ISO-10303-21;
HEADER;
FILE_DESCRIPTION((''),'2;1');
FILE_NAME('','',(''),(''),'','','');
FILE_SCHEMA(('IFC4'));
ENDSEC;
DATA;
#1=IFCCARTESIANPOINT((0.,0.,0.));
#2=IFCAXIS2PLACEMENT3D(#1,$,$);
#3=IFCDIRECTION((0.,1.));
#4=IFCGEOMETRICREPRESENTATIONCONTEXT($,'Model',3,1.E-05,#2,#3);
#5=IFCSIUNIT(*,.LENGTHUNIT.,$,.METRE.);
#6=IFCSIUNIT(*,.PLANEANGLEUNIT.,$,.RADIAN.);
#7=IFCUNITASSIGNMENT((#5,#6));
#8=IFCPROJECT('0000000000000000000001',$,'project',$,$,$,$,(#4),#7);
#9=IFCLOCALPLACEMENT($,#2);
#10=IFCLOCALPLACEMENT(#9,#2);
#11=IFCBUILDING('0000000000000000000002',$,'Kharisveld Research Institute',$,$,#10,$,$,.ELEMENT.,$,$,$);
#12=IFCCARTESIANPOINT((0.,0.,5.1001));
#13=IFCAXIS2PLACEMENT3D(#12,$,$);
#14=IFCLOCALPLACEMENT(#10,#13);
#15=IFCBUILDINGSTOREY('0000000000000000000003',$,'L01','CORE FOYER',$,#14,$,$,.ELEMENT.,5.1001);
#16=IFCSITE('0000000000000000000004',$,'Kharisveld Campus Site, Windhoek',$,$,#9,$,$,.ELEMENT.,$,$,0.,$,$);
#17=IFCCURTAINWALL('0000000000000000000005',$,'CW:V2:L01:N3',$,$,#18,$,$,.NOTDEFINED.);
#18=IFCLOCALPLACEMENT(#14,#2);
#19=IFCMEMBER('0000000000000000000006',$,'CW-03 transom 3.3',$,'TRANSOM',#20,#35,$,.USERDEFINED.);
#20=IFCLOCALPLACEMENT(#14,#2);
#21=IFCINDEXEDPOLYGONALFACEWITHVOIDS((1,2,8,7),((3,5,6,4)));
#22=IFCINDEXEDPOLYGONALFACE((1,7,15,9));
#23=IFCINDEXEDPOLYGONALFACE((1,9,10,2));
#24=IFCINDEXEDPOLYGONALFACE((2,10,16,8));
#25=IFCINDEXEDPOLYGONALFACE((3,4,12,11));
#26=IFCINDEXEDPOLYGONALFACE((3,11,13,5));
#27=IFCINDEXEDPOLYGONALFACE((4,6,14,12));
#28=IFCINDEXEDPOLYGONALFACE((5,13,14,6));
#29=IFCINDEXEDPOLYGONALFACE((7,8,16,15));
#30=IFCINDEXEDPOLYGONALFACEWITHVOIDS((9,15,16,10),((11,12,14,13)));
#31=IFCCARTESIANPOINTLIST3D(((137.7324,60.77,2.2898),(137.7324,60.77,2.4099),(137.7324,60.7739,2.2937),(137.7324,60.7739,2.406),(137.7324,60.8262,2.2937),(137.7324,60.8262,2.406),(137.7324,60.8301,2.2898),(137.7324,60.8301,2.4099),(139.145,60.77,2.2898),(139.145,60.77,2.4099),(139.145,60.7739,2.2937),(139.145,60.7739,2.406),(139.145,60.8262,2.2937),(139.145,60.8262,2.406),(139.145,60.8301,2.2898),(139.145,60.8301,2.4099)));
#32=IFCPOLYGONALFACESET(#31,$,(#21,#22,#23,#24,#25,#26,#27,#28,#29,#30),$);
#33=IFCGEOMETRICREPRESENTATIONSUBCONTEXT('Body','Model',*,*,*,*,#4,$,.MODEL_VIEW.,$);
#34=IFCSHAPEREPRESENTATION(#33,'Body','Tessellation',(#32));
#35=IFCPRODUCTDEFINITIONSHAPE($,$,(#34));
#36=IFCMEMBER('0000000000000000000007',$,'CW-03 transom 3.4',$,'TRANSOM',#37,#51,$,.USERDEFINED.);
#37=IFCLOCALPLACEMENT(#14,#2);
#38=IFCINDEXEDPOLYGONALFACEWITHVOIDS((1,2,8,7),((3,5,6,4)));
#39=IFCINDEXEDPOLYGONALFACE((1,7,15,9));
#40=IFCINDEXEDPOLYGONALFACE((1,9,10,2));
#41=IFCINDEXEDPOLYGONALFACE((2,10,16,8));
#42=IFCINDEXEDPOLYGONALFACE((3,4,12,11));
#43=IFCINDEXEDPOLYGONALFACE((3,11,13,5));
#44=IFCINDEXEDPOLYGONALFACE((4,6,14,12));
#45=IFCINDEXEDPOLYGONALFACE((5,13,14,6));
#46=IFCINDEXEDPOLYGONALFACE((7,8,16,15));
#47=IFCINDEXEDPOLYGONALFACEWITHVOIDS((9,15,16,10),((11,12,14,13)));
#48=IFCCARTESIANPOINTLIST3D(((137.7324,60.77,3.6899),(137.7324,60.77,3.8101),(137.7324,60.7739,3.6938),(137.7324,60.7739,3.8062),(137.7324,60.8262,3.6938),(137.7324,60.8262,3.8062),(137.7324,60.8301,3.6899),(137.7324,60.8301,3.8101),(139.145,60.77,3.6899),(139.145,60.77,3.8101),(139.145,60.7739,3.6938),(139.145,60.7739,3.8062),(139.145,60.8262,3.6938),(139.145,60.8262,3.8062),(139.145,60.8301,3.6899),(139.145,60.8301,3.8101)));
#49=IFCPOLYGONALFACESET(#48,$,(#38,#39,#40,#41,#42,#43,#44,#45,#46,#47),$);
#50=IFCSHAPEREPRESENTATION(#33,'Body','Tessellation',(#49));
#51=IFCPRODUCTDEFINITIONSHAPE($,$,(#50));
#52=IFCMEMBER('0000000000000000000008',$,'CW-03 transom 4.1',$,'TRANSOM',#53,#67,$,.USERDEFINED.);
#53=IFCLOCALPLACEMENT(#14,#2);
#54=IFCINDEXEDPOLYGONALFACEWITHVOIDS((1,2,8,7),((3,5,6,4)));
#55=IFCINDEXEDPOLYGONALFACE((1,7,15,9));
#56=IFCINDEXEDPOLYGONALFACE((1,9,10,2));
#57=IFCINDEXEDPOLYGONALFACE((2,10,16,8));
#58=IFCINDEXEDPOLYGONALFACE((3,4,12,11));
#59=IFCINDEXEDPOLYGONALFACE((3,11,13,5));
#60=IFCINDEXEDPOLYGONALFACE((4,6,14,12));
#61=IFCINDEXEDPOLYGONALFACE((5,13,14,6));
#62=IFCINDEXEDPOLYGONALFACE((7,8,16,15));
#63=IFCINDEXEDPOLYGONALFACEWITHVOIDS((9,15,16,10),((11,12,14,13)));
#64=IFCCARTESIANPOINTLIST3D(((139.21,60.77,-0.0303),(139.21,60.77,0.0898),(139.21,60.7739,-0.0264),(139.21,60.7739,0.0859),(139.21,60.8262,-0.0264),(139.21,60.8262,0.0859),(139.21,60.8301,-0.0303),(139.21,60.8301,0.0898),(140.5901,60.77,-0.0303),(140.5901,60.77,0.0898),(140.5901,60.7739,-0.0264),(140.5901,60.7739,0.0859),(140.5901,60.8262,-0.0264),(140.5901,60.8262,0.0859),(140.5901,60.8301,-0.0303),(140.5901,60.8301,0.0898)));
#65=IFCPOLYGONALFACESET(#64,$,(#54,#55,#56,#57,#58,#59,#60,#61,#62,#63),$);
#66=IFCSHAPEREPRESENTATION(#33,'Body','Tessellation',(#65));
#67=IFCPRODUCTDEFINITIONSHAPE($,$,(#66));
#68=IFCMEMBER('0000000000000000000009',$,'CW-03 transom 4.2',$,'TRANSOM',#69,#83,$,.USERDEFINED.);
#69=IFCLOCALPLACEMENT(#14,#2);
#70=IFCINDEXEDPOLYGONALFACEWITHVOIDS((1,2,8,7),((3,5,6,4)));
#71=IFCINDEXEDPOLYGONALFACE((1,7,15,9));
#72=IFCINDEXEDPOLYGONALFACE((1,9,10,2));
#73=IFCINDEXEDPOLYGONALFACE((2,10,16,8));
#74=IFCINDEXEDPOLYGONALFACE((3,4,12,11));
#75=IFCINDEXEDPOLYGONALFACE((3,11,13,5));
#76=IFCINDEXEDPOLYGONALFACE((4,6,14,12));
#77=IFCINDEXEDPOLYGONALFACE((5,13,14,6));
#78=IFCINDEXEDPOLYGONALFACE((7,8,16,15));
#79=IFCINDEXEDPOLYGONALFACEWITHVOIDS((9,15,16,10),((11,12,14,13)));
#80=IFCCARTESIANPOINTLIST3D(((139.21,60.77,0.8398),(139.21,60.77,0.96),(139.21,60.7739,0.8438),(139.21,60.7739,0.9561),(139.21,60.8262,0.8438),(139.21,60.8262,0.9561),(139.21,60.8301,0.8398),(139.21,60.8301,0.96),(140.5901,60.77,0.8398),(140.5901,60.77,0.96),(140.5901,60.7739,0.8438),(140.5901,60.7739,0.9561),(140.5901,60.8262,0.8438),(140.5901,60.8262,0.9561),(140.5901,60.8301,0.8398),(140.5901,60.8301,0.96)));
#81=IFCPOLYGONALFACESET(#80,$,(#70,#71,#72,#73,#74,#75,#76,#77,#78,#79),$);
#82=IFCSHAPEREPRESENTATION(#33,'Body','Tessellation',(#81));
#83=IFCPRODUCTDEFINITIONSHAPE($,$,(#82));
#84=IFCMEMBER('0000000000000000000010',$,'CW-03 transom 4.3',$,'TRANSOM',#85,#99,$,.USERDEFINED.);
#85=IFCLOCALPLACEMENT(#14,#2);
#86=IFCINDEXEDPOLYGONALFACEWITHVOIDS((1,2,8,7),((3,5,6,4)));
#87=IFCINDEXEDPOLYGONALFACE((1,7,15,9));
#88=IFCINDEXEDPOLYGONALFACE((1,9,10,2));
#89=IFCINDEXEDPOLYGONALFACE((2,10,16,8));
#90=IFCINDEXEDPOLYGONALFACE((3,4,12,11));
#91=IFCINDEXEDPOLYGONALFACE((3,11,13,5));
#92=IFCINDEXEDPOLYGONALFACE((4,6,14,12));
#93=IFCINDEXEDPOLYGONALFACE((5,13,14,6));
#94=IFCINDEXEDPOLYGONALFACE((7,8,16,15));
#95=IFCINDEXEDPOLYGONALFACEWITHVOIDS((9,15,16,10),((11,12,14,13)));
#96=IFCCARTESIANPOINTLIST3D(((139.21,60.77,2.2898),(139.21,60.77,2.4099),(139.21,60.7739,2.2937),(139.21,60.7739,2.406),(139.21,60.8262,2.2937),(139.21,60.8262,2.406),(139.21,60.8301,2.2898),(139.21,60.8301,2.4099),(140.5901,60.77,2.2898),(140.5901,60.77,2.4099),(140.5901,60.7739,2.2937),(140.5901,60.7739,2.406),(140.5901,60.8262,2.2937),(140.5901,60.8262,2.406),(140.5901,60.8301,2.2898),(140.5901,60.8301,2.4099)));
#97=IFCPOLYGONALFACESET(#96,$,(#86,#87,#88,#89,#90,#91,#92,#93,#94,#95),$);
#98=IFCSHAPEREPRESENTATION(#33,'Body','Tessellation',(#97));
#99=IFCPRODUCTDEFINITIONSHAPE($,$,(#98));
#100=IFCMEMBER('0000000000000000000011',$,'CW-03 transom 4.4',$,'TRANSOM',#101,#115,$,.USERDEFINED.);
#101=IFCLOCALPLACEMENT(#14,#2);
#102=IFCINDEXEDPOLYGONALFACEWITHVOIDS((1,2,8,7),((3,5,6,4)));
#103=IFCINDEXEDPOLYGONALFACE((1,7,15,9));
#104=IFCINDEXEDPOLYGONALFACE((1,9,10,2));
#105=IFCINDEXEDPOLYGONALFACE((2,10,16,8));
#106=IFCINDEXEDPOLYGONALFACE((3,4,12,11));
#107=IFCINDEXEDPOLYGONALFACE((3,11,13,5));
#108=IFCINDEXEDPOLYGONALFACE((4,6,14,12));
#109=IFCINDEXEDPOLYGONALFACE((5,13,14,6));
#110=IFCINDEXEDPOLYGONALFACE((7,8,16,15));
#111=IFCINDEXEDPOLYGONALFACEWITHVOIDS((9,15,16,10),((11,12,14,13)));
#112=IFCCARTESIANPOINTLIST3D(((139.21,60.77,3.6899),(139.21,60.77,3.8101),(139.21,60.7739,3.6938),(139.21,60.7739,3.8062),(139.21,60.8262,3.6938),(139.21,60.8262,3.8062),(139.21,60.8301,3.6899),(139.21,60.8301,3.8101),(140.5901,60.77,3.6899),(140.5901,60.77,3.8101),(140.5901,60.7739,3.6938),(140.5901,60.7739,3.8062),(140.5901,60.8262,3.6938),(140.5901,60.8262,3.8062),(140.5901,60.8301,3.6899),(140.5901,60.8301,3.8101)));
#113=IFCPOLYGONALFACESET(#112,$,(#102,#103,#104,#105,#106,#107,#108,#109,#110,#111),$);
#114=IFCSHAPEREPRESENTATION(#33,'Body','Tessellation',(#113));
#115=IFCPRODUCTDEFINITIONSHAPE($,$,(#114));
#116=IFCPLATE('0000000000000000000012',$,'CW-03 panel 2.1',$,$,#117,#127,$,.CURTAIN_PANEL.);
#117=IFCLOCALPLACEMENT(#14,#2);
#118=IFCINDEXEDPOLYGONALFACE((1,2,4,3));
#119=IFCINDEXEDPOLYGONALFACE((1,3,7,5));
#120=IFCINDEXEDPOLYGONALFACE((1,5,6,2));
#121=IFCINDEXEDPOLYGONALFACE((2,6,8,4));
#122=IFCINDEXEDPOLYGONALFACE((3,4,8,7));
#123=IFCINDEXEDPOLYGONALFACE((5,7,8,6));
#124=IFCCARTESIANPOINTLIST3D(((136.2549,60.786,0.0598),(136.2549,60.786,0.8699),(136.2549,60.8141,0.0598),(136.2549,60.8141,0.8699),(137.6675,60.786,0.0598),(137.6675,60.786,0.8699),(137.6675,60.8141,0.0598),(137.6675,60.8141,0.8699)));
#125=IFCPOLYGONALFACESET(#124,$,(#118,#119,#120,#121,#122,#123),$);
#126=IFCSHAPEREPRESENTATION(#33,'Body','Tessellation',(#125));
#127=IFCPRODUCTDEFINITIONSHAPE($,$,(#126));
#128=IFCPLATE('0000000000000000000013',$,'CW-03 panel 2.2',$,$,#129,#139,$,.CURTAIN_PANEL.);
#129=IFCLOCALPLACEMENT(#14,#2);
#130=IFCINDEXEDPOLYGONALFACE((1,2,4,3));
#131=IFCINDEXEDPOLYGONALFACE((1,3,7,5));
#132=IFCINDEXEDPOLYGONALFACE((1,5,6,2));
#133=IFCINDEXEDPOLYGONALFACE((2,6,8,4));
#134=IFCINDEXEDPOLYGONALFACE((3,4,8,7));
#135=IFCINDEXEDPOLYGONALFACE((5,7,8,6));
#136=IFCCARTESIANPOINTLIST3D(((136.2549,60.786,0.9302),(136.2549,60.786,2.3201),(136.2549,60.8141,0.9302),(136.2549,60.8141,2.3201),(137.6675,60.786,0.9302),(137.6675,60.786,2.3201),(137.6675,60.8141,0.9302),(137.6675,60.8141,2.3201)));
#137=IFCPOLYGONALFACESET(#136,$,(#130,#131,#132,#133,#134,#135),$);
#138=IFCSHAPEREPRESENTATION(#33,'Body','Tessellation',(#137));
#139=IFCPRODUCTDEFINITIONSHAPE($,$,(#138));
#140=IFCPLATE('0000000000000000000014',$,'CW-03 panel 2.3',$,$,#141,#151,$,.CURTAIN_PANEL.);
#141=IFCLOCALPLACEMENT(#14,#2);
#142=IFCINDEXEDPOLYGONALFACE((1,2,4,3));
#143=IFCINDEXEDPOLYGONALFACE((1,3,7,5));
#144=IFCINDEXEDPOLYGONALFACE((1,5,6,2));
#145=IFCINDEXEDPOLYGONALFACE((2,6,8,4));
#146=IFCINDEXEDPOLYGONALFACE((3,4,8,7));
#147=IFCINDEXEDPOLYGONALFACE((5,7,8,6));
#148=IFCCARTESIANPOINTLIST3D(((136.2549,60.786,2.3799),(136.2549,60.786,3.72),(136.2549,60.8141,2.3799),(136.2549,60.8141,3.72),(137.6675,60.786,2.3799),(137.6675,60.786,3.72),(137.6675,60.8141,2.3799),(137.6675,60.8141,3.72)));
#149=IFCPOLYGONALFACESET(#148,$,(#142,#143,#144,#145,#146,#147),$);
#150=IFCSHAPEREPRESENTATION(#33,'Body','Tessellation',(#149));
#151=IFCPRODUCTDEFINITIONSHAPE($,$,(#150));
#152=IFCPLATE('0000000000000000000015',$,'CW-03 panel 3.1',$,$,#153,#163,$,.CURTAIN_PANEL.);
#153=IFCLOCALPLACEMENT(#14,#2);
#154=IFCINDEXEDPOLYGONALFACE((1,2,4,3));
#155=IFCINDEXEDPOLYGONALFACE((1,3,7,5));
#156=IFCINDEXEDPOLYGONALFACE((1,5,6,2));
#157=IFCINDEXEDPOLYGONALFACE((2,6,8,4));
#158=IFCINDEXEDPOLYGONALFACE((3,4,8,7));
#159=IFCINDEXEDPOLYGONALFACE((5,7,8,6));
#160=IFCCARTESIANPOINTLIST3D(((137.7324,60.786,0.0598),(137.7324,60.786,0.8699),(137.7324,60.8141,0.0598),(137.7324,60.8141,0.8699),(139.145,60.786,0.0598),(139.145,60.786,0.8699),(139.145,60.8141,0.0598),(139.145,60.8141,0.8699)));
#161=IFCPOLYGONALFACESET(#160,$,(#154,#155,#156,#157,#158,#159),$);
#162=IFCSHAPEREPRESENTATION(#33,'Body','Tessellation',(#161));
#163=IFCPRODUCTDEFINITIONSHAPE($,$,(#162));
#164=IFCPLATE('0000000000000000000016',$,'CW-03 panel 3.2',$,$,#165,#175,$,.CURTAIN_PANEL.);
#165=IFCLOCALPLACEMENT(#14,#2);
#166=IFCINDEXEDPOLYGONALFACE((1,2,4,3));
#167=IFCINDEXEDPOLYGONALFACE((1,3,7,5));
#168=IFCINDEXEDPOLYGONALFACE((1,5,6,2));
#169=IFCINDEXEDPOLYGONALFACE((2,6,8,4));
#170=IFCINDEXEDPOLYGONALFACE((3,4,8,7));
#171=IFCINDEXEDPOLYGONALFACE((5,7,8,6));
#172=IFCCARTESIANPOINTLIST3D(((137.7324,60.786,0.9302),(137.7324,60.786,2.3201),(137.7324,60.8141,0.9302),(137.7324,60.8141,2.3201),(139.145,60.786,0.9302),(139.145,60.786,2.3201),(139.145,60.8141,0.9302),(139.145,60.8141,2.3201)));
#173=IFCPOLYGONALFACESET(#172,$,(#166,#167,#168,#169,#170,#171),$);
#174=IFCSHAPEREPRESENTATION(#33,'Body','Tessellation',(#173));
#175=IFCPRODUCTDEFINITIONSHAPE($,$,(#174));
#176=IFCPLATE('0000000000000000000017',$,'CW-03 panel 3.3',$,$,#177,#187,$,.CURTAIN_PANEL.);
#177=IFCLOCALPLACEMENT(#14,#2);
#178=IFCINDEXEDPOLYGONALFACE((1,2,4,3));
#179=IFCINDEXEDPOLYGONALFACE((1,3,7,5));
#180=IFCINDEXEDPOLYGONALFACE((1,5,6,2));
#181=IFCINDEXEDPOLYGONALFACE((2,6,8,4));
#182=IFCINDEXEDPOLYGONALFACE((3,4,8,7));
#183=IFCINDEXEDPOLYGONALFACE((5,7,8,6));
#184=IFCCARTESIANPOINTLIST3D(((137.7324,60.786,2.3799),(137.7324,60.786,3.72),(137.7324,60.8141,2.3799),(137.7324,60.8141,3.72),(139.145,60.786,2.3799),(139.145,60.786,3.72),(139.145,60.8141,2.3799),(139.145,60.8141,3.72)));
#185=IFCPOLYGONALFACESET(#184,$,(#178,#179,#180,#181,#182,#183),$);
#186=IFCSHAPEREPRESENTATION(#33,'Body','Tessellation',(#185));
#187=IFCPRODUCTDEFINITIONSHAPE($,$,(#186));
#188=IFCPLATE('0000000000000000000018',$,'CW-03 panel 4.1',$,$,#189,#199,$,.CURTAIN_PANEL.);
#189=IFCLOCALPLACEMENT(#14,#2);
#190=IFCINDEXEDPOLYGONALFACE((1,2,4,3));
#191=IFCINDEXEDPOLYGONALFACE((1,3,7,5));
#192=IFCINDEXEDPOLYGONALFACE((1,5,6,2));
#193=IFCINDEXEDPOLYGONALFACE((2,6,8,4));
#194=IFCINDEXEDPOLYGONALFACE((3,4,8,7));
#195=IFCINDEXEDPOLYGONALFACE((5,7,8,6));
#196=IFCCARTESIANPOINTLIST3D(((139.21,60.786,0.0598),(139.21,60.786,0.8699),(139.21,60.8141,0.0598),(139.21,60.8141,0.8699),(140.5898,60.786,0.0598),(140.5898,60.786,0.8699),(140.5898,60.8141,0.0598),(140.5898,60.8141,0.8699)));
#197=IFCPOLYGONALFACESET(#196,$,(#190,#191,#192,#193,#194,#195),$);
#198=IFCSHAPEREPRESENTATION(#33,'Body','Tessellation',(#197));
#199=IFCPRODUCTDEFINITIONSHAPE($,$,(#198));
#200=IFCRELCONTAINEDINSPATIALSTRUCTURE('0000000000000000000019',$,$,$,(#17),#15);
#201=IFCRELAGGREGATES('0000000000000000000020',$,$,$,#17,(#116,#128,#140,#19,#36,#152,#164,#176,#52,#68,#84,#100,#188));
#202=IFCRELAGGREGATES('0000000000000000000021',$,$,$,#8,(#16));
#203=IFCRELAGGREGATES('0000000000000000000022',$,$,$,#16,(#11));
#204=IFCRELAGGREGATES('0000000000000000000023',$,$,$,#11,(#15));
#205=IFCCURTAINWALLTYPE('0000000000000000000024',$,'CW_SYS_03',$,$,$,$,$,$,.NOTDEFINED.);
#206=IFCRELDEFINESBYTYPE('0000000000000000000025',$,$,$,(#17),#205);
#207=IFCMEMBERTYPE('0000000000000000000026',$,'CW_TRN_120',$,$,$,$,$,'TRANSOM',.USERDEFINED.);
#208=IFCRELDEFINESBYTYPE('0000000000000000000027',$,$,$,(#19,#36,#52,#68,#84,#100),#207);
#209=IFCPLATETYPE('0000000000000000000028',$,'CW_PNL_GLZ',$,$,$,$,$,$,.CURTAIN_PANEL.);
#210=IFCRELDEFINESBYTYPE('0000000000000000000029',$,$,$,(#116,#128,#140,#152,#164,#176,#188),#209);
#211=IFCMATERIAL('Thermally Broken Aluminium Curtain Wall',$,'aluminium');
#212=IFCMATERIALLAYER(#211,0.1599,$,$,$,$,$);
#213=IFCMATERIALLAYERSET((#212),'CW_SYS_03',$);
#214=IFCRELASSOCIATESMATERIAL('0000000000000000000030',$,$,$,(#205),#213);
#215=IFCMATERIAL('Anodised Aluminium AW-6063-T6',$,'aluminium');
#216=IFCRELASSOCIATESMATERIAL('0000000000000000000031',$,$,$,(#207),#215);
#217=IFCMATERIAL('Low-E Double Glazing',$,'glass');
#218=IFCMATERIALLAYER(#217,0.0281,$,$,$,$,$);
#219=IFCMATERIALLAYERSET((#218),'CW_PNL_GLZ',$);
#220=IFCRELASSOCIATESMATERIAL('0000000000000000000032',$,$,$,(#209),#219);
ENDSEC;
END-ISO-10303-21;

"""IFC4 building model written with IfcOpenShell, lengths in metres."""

from ifc_helpers import new_model, si_unit, direction, frame, origin, origin_2d, place, context, subcontext, project, spatial, rectangle, hollow_rectangle, extrude, material, layer, layer_set, material_profile, profile_set, type_object, element, aggregate, save


model = new_model("IFC4")

# Units and contexts
model_context = context("Model", 3, precision=1e-05, world=origin(), true_north=direction((0.0, 1.0)))
body_context = subcontext(model_context, "Body", "Model", "MODEL_VIEW")
ifc_project = project(units=[si_unit("LENGTHUNIT", "METRE"), si_unit("PLANEANGLEUNIT", "RADIAN")], contexts=[model_context])

# Site, building, storey
site_placement = place(None, origin())
site = spatial("IfcSite", under=ifc_project, at=site_placement, Name="Kharisveld Campus Site, Windhoek", CompositionType="ELEMENT", RefElevation=0.0)
building_placement = place(site_placement, origin())
building = spatial("IfcBuilding", under=site, at=building_placement, Name="Kharisveld Research Institute", CompositionType="ELEMENT")
storey_placement = place(building_placement, frame((0.0, 0.0, 5.1001)))
storey = spatial("IfcBuildingStorey", under=building, at=storey_placement, Name="L01", Description="CORE FOYER", CompositionType="ELEMENT", Elevation=5.1001)

# Curtain wall, members, plates
ifc_material_1 = material(Name="Thermally Broken Aluminium Curtain Wall", Category="aluminium")
ifc_layer_1 = layer(ifc_material_1, 0.1599)
ifc_layer_set_1 = layer_set([ifc_layer_1], Name="CW_SYS_03")
curtain_wall_type = type_object("IfcCurtainWallType", Name="CW_SYS_03", PredefinedType="NOTDEFINED", material=ifc_layer_set_1)
curtain_wall_placement = place(storey_placement, origin())
curtain_wall = element("IfcCurtainWall", 1, at=curtain_wall_placement, inside=storey, type_object=curtain_wall_type, Name="CW:V2:L01:N3", PredefinedType="NOTDEFINED")
ifc_material_2 = material(Name="Anodised Aluminium AW-6063-T6", Category="aluminium")
ifc_material_profile_1 = material_profile(ifc_material_2, hollow_rectangle(XDim=0.0601, YDim=0.1201, WallThickness=0.0039, at=origin_2d()))
ifc_profile_set_1 = profile_set([ifc_material_profile_1], Name="Anodised Aluminium AW-6063-T6")
member_type_1 = type_object("IfcMemberType", Name="CW_TRN_120", ElementType="TRANSOM", PredefinedType="USERDEFINED", material=ifc_profile_set_1)
member_1_placement = place(storey_placement, frame((137.7324, 60.8, 2.3499), z_axis=(1.0, 0.0, 0.0), x_axis=(0.0, 1.0, 0.0)))
member_1 = element("IfcMember", 2, at=member_1_placement, type_object=member_type_1, Name="CW-03 transom 3.3", ObjectType="TRANSOM", PredefinedType="USERDEFINED", context=body_context, shape_type="SweptSolid", body=[
    extrude(hollow_rectangle(XDim=0.0601, YDim=0.1201, WallThickness=0.0039, at=origin_2d()), origin(), (0.0, 0.0, 1.0), 1.4126),
])
member_2_placement = place(storey_placement, frame((137.7324, 60.8, 3.75), z_axis=(1.0, 0.0, 0.0), x_axis=(0.0, 1.0, 0.0)))
member_2 = element("IfcMember", 3, at=member_2_placement, type_object=member_type_1, Name="CW-03 transom 3.4", ObjectType="TRANSOM", PredefinedType="USERDEFINED", context=body_context, shape_type="SweptSolid", body=[
    extrude(hollow_rectangle(XDim=0.0601, YDim=0.1201, WallThickness=0.0039, at=origin_2d()), origin(), (0.0, 0.0, 1.0), 1.4126),
])
member_3_placement = place(storey_placement, frame((139.21, 60.8, 0.0298), z_axis=(1.0, 0.0, 0.0), x_axis=(0.0, 1.0, 0.0)))
member_3 = element("IfcMember", 4, at=member_3_placement, type_object=member_type_1, Name="CW-03 transom 4.1", ObjectType="TRANSOM", PredefinedType="USERDEFINED", context=body_context, shape_type="SweptSolid", body=[
    extrude(hollow_rectangle(XDim=0.0601, YDim=0.1201, WallThickness=0.0039, at=origin_2d()), origin(), (0.0, 0.0, 1.0), 1.3801),
])
member_4_placement = place(storey_placement, frame((139.21, 60.8, 0.8999), z_axis=(1.0, 0.0, 0.0), x_axis=(0.0, 1.0, 0.0)))
member_4 = element("IfcMember", 5, at=member_4_placement, type_object=member_type_1, Name="CW-03 transom 4.2", ObjectType="TRANSOM", PredefinedType="USERDEFINED", context=body_context, shape_type="SweptSolid", body=[
    extrude(hollow_rectangle(XDim=0.0601, YDim=0.1201, WallThickness=0.0039, at=origin_2d()), origin(), (0.0, 0.0, 1.0), 1.3801),
])
member_5_placement = place(storey_placement, frame((139.21, 60.8, 2.3499), z_axis=(1.0, 0.0, 0.0), x_axis=(0.0, 1.0, 0.0)))
member_5 = element("IfcMember", 6, at=member_5_placement, type_object=member_type_1, Name="CW-03 transom 4.3", ObjectType="TRANSOM", PredefinedType="USERDEFINED", context=body_context, shape_type="SweptSolid", body=[
    extrude(hollow_rectangle(XDim=0.0601, YDim=0.1201, WallThickness=0.0039, at=origin_2d()), origin(), (0.0, 0.0, 1.0), 1.3801),
])
member_6_placement = place(storey_placement, frame((139.21, 60.8, 3.75), z_axis=(1.0, 0.0, 0.0), x_axis=(0.0, 1.0, 0.0)))
member_6 = element("IfcMember", 7, at=member_6_placement, type_object=member_type_1, Name="CW-03 transom 4.4", ObjectType="TRANSOM", PredefinedType="USERDEFINED", context=body_context, shape_type="SweptSolid", body=[
    extrude(hollow_rectangle(XDim=0.0601, YDim=0.1201, WallThickness=0.0039, at=origin_2d()), origin(), (0.0, 0.0, 1.0), 1.3801),
])
ifc_material_3 = material(Name="Low-E Double Glazing", Category="glass")
ifc_layer_2 = layer(ifc_material_3, 0.0281)
ifc_layer_set_2 = layer_set([ifc_layer_2], Name="CW_PNL_GLZ")
plate_type = type_object("IfcPlateType", Name="CW_PNL_GLZ", PredefinedType="CURTAIN_PANEL", material=ifc_layer_set_2)
plate_1_placement = place(storey_placement, frame((136.9612, 60.8, 0.0598), z_axis=(0.0, 0.0, 1.0), x_axis=(1.0, 0.0, 0.0)))
plate_1 = element("IfcPlate", 8, at=plate_1_placement, type_object=plate_type, Name="CW-03 panel 2.1", PredefinedType="CURTAIN_PANEL", context=body_context, shape_type="SweptSolid", body=[
    extrude(rectangle(XDim=1.4126, YDim=0.0281, at=origin_2d()), origin(), (0.0, 0.0, 1.0), 0.8101),
])
plate_2_placement = place(storey_placement, frame((136.9612, 60.8, 0.9302), z_axis=(0.0, 0.0, 1.0), x_axis=(1.0, 0.0, 0.0)))
plate_2 = element("IfcPlate", 9, at=plate_2_placement, type_object=plate_type, Name="CW-03 panel 2.2", PredefinedType="CURTAIN_PANEL", context=body_context, shape_type="SweptSolid", body=[
    extrude(rectangle(XDim=1.4126, YDim=0.0281, at=origin_2d()), origin(), (0.0, 0.0, 1.0), 1.3899),
])
plate_3_placement = place(storey_placement, frame((136.9612, 60.8, 2.3799), z_axis=(0.0, 0.0, 1.0), x_axis=(1.0, 0.0, 0.0)))
plate_3 = element("IfcPlate", 10, at=plate_3_placement, type_object=plate_type, Name="CW-03 panel 2.3", PredefinedType="CURTAIN_PANEL", context=body_context, shape_type="SweptSolid", body=[
    extrude(rectangle(XDim=1.4126, YDim=0.0281, at=origin_2d()), origin(), (0.0, 0.0, 1.0), 1.3401),
])
plate_4_placement = place(storey_placement, frame((138.4387, 60.8, 0.0598), z_axis=(0.0, 0.0, 1.0), x_axis=(1.0, 0.0, 0.0)))
plate_4 = element("IfcPlate", 11, at=plate_4_placement, type_object=plate_type, Name="CW-03 panel 3.1", PredefinedType="CURTAIN_PANEL", context=body_context, shape_type="SweptSolid", body=[
    extrude(rectangle(XDim=1.4126, YDim=0.0281, at=origin_2d()), origin(), (0.0, 0.0, 1.0), 0.8101),
])
plate_5_placement = place(storey_placement, frame((138.4387, 60.8, 0.9302), z_axis=(0.0, 0.0, 1.0), x_axis=(1.0, 0.0, 0.0)))
plate_5 = element("IfcPlate", 12, at=plate_5_placement, type_object=plate_type, Name="CW-03 panel 3.2", PredefinedType="CURTAIN_PANEL", context=body_context, shape_type="SweptSolid", body=[
    extrude(rectangle(XDim=1.4126, YDim=0.0281, at=origin_2d()), origin(), (0.0, 0.0, 1.0), 1.3899),
])
plate_6_placement = place(storey_placement, frame((138.4387, 60.8, 2.3799), z_axis=(0.0, 0.0, 1.0), x_axis=(1.0, 0.0, 0.0)))
plate_6 = element("IfcPlate", 13, at=plate_6_placement, type_object=plate_type, Name="CW-03 panel 3.3", PredefinedType="CURTAIN_PANEL", context=body_context, shape_type="SweptSolid", body=[
    extrude(rectangle(XDim=1.4126, YDim=0.0281, at=origin_2d()), origin(), (0.0, 0.0, 1.0), 1.3401),
])
plate_7_placement = place(storey_placement, frame((139.8999, 60.8, 0.0598), z_axis=(0.0, 0.0, 1.0), x_axis=(1.0, 0.0, 0.0)))
plate_7 = element("IfcPlate", 14, at=plate_7_placement, type_object=plate_type, Name="CW-03 panel 4.1", PredefinedType="CURTAIN_PANEL", context=body_context, shape_type="SweptSolid", body=[
    extrude(rectangle(XDim=1.3799, YDim=0.0281, at=origin_2d()), origin(), (0.0, 0.0, 1.0), 0.8101),
])
aggregate(curtain_wall, [plate_1, plate_2, plate_3, member_1, member_2, plate_4, plate_5, plate_6, member_3, member_4, member_5, member_6, plate_7])

save(model, "model.ifc")
